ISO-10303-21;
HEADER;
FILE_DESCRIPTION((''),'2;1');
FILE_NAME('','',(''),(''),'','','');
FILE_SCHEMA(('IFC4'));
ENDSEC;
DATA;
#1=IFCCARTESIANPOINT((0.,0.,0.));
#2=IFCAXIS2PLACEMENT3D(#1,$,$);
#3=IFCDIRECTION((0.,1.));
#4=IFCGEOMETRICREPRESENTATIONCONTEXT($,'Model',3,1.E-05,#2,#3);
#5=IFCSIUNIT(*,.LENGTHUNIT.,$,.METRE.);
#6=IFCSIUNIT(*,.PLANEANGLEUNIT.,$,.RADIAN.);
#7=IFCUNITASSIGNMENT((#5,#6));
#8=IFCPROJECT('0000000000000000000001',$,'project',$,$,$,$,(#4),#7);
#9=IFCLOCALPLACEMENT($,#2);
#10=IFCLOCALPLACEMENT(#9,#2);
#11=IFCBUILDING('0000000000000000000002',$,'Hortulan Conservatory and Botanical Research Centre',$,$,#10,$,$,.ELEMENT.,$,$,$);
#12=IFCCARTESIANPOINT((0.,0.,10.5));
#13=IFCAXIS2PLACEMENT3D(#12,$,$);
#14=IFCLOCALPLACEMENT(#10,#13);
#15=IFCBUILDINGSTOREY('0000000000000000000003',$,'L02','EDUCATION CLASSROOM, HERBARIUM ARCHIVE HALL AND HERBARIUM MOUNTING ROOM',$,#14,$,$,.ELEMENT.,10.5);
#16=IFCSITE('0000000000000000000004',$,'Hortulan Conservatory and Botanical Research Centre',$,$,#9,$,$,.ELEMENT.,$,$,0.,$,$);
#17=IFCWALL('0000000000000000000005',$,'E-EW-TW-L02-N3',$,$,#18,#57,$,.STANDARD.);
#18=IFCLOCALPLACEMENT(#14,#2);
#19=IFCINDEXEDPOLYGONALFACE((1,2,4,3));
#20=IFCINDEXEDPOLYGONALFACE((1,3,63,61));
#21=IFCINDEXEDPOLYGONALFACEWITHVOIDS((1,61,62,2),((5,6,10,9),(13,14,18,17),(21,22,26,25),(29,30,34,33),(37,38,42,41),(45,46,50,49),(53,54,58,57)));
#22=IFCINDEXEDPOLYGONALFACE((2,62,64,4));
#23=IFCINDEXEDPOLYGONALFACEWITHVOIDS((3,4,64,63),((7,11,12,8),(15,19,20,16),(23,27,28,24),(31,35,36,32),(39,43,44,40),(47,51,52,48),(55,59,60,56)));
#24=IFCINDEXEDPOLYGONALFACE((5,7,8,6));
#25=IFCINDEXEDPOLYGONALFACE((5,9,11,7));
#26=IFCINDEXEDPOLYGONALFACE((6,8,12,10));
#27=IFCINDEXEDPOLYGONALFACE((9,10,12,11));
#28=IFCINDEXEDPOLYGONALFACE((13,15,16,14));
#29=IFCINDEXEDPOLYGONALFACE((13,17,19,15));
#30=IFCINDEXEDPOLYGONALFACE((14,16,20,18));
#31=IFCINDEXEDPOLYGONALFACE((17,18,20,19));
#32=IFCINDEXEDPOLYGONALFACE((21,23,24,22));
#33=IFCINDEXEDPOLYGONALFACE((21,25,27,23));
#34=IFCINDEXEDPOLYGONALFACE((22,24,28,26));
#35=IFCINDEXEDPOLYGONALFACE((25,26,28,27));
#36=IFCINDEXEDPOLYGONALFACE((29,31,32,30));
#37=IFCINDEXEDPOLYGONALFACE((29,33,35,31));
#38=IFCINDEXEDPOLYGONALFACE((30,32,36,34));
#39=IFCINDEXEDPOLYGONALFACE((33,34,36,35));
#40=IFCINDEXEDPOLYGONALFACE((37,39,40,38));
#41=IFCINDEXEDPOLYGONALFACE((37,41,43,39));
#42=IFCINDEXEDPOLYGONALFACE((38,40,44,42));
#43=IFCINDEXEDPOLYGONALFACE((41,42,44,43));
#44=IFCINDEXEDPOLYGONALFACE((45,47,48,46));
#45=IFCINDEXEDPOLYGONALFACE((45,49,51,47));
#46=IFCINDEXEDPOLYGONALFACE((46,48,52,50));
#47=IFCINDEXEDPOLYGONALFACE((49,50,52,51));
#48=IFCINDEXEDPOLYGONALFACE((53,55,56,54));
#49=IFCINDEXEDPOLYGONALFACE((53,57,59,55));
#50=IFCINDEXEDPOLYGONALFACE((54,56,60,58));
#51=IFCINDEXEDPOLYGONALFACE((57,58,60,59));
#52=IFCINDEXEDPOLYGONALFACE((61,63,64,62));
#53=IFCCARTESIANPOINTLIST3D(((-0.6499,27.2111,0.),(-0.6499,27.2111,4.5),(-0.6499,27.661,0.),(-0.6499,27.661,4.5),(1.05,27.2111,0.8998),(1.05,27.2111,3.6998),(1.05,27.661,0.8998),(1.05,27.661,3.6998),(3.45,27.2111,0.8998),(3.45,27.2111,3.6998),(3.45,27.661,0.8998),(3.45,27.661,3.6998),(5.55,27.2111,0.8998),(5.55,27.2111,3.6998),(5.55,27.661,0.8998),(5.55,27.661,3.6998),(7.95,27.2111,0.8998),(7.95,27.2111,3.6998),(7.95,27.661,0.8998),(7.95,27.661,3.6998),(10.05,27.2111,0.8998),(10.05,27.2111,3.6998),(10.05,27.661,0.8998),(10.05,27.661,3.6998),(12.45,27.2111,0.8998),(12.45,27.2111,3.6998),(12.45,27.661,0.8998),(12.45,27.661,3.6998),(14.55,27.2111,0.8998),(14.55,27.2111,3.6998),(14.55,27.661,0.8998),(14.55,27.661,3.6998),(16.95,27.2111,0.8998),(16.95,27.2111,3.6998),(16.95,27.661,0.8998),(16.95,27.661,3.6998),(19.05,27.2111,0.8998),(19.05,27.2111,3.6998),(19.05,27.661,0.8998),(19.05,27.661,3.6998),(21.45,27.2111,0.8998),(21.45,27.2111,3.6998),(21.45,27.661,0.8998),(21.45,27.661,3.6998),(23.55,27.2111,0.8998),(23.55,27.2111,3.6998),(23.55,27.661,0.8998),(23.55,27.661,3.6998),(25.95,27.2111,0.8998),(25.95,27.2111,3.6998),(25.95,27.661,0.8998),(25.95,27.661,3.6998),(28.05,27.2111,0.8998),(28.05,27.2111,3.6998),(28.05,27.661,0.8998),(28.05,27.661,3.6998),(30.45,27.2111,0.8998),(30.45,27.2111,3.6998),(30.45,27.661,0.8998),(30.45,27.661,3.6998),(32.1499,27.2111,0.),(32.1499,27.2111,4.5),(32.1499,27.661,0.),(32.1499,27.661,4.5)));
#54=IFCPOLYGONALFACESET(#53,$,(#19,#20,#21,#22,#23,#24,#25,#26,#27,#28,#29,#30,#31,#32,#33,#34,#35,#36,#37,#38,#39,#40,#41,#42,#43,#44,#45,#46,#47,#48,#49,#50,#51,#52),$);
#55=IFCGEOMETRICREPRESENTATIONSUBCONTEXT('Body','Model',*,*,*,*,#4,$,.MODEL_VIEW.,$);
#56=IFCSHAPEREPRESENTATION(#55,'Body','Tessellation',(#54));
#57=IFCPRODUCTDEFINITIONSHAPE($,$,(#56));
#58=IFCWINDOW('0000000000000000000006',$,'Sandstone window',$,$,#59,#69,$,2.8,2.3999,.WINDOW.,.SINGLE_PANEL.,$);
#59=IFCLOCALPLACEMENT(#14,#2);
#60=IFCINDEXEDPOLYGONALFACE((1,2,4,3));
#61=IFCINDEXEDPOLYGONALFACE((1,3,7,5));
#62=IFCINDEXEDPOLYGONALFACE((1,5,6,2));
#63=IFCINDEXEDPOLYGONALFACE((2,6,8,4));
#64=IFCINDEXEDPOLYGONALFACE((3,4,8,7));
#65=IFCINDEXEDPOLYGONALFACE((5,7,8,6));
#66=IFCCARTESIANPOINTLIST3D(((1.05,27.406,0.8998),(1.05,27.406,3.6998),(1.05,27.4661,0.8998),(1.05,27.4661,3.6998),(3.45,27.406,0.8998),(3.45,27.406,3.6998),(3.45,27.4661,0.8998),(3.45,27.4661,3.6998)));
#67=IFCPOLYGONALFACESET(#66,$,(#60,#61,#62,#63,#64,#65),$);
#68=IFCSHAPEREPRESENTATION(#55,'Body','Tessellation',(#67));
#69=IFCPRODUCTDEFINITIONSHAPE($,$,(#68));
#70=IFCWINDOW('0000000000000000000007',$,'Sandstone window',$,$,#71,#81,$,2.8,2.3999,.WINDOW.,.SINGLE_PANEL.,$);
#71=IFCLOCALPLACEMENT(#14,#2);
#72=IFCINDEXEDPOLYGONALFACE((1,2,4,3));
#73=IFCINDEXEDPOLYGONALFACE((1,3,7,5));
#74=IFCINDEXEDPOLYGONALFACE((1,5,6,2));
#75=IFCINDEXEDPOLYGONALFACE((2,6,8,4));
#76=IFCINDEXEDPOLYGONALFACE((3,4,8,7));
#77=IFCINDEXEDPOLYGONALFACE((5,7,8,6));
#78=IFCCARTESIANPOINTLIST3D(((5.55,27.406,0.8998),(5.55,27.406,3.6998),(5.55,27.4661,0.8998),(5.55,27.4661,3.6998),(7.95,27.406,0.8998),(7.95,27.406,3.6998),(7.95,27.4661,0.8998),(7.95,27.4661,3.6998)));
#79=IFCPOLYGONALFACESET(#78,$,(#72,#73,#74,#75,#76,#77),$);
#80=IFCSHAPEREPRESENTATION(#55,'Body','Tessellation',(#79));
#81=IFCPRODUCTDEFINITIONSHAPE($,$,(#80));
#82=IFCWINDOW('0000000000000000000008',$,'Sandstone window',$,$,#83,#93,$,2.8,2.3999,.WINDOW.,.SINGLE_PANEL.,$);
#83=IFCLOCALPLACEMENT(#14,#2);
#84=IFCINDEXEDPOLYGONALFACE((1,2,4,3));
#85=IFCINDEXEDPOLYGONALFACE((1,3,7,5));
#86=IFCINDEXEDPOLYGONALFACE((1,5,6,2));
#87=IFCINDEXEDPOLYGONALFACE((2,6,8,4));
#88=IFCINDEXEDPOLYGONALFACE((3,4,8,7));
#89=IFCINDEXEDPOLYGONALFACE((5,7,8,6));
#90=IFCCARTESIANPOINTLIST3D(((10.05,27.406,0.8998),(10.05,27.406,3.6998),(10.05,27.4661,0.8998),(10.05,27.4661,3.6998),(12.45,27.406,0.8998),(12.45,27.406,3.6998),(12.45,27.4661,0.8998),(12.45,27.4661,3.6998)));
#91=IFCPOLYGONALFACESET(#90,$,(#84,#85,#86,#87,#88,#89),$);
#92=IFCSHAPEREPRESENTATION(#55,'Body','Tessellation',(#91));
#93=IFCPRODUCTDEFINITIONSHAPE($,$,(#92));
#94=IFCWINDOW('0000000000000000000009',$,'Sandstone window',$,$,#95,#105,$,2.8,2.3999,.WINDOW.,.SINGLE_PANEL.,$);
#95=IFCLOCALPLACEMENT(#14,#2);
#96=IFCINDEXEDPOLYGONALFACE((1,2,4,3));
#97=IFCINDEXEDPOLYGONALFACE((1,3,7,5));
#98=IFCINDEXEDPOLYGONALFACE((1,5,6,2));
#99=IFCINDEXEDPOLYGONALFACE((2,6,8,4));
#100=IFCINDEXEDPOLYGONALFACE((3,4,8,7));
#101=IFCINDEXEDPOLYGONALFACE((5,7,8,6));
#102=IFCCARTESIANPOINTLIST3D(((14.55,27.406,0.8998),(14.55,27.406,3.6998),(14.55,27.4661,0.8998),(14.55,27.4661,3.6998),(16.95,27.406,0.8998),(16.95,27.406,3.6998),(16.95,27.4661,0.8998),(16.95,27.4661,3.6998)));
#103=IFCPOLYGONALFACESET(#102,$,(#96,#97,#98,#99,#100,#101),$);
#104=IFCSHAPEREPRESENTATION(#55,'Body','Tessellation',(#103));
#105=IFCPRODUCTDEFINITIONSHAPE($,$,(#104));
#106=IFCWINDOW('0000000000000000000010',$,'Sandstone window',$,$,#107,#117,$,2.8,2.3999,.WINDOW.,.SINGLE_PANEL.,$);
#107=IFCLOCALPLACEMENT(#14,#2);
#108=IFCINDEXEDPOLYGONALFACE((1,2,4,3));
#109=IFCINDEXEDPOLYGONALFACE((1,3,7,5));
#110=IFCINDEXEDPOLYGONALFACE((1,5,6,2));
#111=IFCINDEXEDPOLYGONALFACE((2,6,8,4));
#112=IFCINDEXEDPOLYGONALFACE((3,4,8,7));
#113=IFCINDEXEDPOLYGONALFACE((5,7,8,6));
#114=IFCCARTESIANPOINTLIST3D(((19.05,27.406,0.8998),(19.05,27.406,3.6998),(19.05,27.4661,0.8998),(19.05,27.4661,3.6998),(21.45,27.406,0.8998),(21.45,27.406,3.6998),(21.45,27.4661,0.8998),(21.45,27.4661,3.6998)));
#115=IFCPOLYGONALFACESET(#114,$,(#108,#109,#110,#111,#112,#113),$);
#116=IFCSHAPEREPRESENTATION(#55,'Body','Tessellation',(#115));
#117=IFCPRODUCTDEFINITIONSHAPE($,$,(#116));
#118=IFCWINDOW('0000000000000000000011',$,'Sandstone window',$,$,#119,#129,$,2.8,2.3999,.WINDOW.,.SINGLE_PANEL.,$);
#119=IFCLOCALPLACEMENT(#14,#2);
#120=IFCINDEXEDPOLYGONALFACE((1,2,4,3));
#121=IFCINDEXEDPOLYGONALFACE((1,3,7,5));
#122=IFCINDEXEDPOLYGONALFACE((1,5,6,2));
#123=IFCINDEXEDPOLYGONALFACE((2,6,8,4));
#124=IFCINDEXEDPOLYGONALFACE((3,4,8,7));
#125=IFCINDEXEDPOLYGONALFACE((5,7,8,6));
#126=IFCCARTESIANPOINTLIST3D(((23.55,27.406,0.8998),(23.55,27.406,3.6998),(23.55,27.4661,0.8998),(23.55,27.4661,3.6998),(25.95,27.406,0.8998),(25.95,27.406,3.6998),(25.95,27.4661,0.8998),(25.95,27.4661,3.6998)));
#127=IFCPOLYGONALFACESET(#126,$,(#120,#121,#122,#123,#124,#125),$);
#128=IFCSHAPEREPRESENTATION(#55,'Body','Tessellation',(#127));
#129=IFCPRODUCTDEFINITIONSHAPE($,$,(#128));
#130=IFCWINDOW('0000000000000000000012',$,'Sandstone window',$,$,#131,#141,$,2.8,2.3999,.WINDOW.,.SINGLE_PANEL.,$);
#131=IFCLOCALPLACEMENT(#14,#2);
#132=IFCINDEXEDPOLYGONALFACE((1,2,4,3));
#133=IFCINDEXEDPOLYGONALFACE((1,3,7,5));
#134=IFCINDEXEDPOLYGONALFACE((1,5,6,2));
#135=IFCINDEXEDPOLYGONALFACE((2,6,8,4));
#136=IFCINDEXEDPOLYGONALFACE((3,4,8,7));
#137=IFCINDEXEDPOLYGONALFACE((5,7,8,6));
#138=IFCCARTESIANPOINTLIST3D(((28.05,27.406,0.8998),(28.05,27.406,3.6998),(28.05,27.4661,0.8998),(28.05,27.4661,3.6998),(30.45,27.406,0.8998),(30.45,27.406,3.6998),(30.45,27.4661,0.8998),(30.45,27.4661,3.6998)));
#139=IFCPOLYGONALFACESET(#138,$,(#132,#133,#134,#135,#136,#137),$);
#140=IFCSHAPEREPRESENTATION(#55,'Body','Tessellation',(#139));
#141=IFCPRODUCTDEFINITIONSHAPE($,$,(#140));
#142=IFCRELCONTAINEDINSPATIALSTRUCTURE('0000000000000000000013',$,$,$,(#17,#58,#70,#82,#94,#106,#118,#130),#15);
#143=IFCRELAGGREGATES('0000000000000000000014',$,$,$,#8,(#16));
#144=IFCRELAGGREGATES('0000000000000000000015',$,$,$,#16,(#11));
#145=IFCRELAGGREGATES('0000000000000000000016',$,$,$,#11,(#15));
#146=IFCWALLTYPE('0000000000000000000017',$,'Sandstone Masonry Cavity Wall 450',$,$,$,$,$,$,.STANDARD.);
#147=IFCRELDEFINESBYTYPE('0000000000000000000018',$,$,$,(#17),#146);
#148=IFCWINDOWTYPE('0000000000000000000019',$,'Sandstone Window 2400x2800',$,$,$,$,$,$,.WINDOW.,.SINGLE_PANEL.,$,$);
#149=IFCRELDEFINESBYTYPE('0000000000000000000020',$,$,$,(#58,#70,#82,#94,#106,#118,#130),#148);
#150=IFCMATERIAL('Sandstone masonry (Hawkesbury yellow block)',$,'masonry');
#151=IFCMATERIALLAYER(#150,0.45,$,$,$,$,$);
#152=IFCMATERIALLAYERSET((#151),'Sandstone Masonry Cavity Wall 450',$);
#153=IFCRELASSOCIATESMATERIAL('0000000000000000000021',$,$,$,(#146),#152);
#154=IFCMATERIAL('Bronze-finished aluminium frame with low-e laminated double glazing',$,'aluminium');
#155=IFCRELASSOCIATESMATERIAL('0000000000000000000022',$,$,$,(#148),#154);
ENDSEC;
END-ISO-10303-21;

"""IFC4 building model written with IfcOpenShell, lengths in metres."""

from ifc_helpers import new_model, si_unit, direction, frame, frame_2d, origin, place, context, subcontext, project, spatial, rectangle, extrude, material, layer, layer_set, type_object, element, fill, save


model = new_model("IFC4")

# Units and contexts
model_context = context("Model", 3, precision=1e-05, world=origin(), true_north=direction((0.0, 1.0)))
body_context = subcontext(model_context, "Body", "Model", "MODEL_VIEW")
ifc_project = project(units=[si_unit("LENGTHUNIT", "METRE"), si_unit("PLANEANGLEUNIT", "RADIAN")], contexts=[model_context])

# Site, building, storey
site_placement = place(None, origin())
site = spatial("IfcSite", under=ifc_project, at=site_placement, Name="Hortulan Conservatory and Botanical Research Centre", CompositionType="ELEMENT", RefElevation=0.0)
building_placement = place(site_placement, origin())
building = spatial("IfcBuilding", under=site, at=building_placement, Name="Hortulan Conservatory and Botanical Research Centre", CompositionType="ELEMENT")
storey_placement = place(building_placement, frame((0.0, 0.0, 10.5)))
storey = spatial("IfcBuildingStorey", under=building, at=storey_placement, Name="L02", Description="EDUCATION CLASSROOM, HERBARIUM ARCHIVE HALL AND HERBARIUM MOUNTING ROOM", CompositionType="ELEMENT", Elevation=10.5)

# Wall, openings, windows
ifc_material_1 = material(Name="Bronze-finished aluminium frame with low-e laminated double glazing", Category="aluminium")
ifc_material_2 = material(Name="Sandstone masonry (Hawkesbury yellow block)", Category="masonry")
ifc_layer_1 = layer(ifc_material_2, 0.45)
ifc_layer_set_1 = layer_set([ifc_layer_1], Name="Sandstone Masonry Cavity Wall 450")
wall_type_1 = type_object("IfcWallType", Name="Sandstone Masonry Cavity Wall 450", PredefinedType="STANDARD", material=ifc_layer_set_1)
wall_1_placement = place(storey_placement, frame((-0.6499, 27.436, 0.0), z_axis=(0.0, 0.0, 1.0), x_axis=(1.0, 0.0, 0.0)))
wall_1 = element("IfcWall", 1, at=wall_1_placement, inside=storey, type_object=wall_type_1, Name="E-EW-TW-L02-N3", PredefinedType="STANDARD", context=body_context, shape_type="SweptSolid", body=[
    extrude(rectangle(XDim=32.7998, YDim=0.45, at=frame_2d((16.3999, 0.0))), origin(), (0.0, 0.0, 1.0), 4.5),
])
opening_1_placement = place(wall_1_placement, frame((1.7, 0.0, 0.8999)))
opening_1 = element("IfcOpeningElement", 2, at=opening_1_placement, cuts=wall_1, PredefinedType="OPENING", context=body_context, shape_type="SweptSolid", body=[
    extrude(rectangle(XDim=2.3999, YDim=2.8, at=frame_2d((1.2, 1.3999))), frame((0.0, 0.2349, 0.0), z_axis=(0.0, -1.0, 0.0), x_axis=(1.0, 0.0, 0.0)), (0.0, 0.0, 1.0), 0.47),
])
opening_2_placement = place(wall_1_placement, frame((6.2, 0.0, 0.8999)))
opening_2 = element("IfcOpeningElement", 3, at=opening_2_placement, cuts=wall_1, PredefinedType="OPENING", context=body_context, shape_type="SweptSolid", body=[
    extrude(rectangle(XDim=2.3999, YDim=2.8, at=frame_2d((1.2, 1.3999))), frame((0.0, 0.2349, 0.0), z_axis=(0.0, -1.0, 0.0), x_axis=(1.0, 0.0, 0.0)), (0.0, 0.0, 1.0), 0.47),
])
opening_3_placement = place(wall_1_placement, frame((10.7, 0.0, 0.8999)))
opening_3 = element("IfcOpeningElement", 4, at=opening_3_placement, cuts=wall_1, PredefinedType="OPENING", context=body_context, shape_type="SweptSolid", body=[
    extrude(rectangle(XDim=2.3999, YDim=2.8, at=frame_2d((1.2, 1.3999))), frame((0.0, 0.2349, 0.0), z_axis=(0.0, -1.0, 0.0), x_axis=(1.0, 0.0, 0.0)), (0.0, 0.0, 1.0), 0.47),
])
opening_4_placement = place(wall_1_placement, frame((15.2, 0.0, 0.8999)))
opening_4 = element("IfcOpeningElement", 5, at=opening_4_placement, cuts=wall_1, PredefinedType="OPENING", context=body_context, shape_type="SweptSolid", body=[
    extrude(rectangle(XDim=2.3999, YDim=2.8, at=frame_2d((1.2, 1.3999))), frame((0.0, 0.2349, 0.0), z_axis=(0.0, -1.0, 0.0), x_axis=(1.0, 0.0, 0.0)), (0.0, 0.0, 1.0), 0.47),
])
opening_5_placement = place(wall_1_placement, frame((19.7, 0.0, 0.8999)))
opening_5 = element("IfcOpeningElement", 6, at=opening_5_placement, cuts=wall_1, PredefinedType="OPENING", context=body_context, shape_type="SweptSolid", body=[
    extrude(rectangle(XDim=2.3999, YDim=2.8, at=frame_2d((1.2, 1.3999))), frame((0.0, 0.2349, 0.0), z_axis=(0.0, -1.0, 0.0), x_axis=(1.0, 0.0, 0.0)), (0.0, 0.0, 1.0), 0.47),
])
opening_6_placement = place(wall_1_placement, frame((24.2, 0.0, 0.8999)))
opening_6 = element("IfcOpeningElement", 7, at=opening_6_placement, cuts=wall_1, PredefinedType="OPENING", context=body_context, shape_type="SweptSolid", body=[
    extrude(rectangle(XDim=2.3999, YDim=2.8, at=frame_2d((1.2, 1.3999))), frame((0.0, 0.2349, 0.0), z_axis=(0.0, -1.0, 0.0), x_axis=(1.0, 0.0, 0.0)), (0.0, 0.0, 1.0), 0.47),
])
opening_7_placement = place(wall_1_placement, frame((28.7, 0.0, 0.8999)))
opening_7 = element("IfcOpeningElement", 8, at=opening_7_placement, cuts=wall_1, PredefinedType="OPENING", context=body_context, shape_type="SweptSolid", body=[
    extrude(rectangle(XDim=2.3999, YDim=2.8, at=frame_2d((1.2, 1.3999))), frame((0.0, 0.2349, 0.0), z_axis=(0.0, -1.0, 0.0), x_axis=(1.0, 0.0, 0.0)), (0.0, 0.0, 1.0), 0.47),
])
window_type_1 = type_object("IfcWindowType", Name="Sandstone Window 2400x2800", PartitioningType="SINGLE_PANEL", PredefinedType="WINDOW", material=ifc_material_1)
window_1_placement = place(opening_1_placement, origin())
window_1 = element("IfcWindow", 9, at=window_1_placement, inside=storey, type_object=window_type_1, Name="Sandstone window", OverallHeight=2.8, OverallWidth=2.3999, PartitioningType="SINGLE_PANEL", PredefinedType="WINDOW", context=body_context, shape_type="SweptSolid", body=[
    extrude(rectangle(XDim=2.3999, YDim=2.8, at=frame_2d((1.2, 1.3999))), frame((0.0, 0.03, 0.0), z_axis=(0.0, -1.0, 0.0), x_axis=(1.0, 0.0, 0.0)), (0.0, 0.0, 1.0), 0.0601),
])
fill(opening_1, window_1)
window_2_placement = place(opening_2_placement, origin())
window_2 = element("IfcWindow", 10, at=window_2_placement, inside=storey, type_object=window_type_1, Name="Sandstone window", OverallHeight=2.8, OverallWidth=2.3999, PartitioningType="SINGLE_PANEL", PredefinedType="WINDOW", context=body_context, shape_type="SweptSolid", body=[
    extrude(rectangle(XDim=2.3999, YDim=2.8, at=frame_2d((1.2, 1.3999))), frame((0.0, 0.03, 0.0), z_axis=(0.0, -1.0, 0.0), x_axis=(1.0, 0.0, 0.0)), (0.0, 0.0, 1.0), 0.0601),
])
fill(opening_2, window_2)
window_3_placement = place(opening_3_placement, origin())
window_3 = element("IfcWindow", 11, at=window_3_placement, inside=storey, type_object=window_type_1, Name="Sandstone window", OverallHeight=2.8, OverallWidth=2.3999, PartitioningType="SINGLE_PANEL", PredefinedType="WINDOW", context=body_context, shape_type="SweptSolid", body=[
    extrude(rectangle(XDim=2.3999, YDim=2.8, at=frame_2d((1.2, 1.3999))), frame((0.0, 0.03, 0.0), z_axis=(0.0, -1.0, 0.0), x_axis=(1.0, 0.0, 0.0)), (0.0, 0.0, 1.0), 0.0601),
])
fill(opening_3, window_3)
window_4_placement = place(opening_4_placement, origin())
window_4 = element("IfcWindow", 12, at=window_4_placement, inside=storey, type_object=window_type_1, Name="Sandstone window", OverallHeight=2.8, OverallWidth=2.3999, PartitioningType="SINGLE_PANEL", PredefinedType="WINDOW", context=body_context, shape_type="SweptSolid", body=[
    extrude(rectangle(XDim=2.3999, YDim=2.8, at=frame_2d((1.2, 1.3999))), frame((0.0, 0.03, 0.0), z_axis=(0.0, -1.0, 0.0), x_axis=(1.0, 0.0, 0.0)), (0.0, 0.0, 1.0), 0.0601),
])
fill(opening_4, window_4)
window_5_placement = place(opening_5_placement, origin())
window_5 = element("IfcWindow", 13, at=window_5_placement, inside=storey, type_object=window_type_1, Name="Sandstone window", OverallHeight=2.8, OverallWidth=2.3999, PartitioningType="SINGLE_PANEL", PredefinedType="WINDOW", context=body_context, shape_type="SweptSolid", body=[
    extrude(rectangle(XDim=2.3999, YDim=2.8, at=frame_2d((1.2, 1.3999))), frame((0.0, 0.03, 0.0), z_axis=(0.0, -1.0, 0.0), x_axis=(1.0, 0.0, 0.0)), (0.0, 0.0, 1.0), 0.0601),
])
fill(opening_5, window_5)
window_6_placement = place(opening_6_placement, origin())
window_6 = element("IfcWindow", 14, at=window_6_placement, inside=storey, type_object=window_type_1, Name="Sandstone window", OverallHeight=2.8, OverallWidth=2.3999, PartitioningType="SINGLE_PANEL", PredefinedType="WINDOW", context=body_context, shape_type="SweptSolid", body=[
    extrude(rectangle(XDim=2.3999, YDim=2.8, at=frame_2d((1.2, 1.3999))), frame((0.0, 0.03, 0.0), z_axis=(0.0, -1.0, 0.0), x_axis=(1.0, 0.0, 0.0)), (0.0, 0.0, 1.0), 0.0601),
])
fill(opening_6, window_6)
window_7_placement = place(opening_7_placement, origin())
window_7 = element("IfcWindow", 15, at=window_7_placement, inside=storey, type_object=window_type_1, Name="Sandstone window", OverallHeight=2.8, OverallWidth=2.3999, PartitioningType="SINGLE_PANEL", PredefinedType="WINDOW", context=body_context, shape_type="SweptSolid", body=[
    extrude(rectangle(XDim=2.3999, YDim=2.8, at=frame_2d((1.2, 1.3999))), frame((0.0, 0.03, 0.0), z_axis=(0.0, -1.0, 0.0), x_axis=(1.0, 0.0, 0.0)), (0.0, 0.0, 1.0), 0.0601),
])
fill(opening_7, window_7)

save(model, "model.ifc")
